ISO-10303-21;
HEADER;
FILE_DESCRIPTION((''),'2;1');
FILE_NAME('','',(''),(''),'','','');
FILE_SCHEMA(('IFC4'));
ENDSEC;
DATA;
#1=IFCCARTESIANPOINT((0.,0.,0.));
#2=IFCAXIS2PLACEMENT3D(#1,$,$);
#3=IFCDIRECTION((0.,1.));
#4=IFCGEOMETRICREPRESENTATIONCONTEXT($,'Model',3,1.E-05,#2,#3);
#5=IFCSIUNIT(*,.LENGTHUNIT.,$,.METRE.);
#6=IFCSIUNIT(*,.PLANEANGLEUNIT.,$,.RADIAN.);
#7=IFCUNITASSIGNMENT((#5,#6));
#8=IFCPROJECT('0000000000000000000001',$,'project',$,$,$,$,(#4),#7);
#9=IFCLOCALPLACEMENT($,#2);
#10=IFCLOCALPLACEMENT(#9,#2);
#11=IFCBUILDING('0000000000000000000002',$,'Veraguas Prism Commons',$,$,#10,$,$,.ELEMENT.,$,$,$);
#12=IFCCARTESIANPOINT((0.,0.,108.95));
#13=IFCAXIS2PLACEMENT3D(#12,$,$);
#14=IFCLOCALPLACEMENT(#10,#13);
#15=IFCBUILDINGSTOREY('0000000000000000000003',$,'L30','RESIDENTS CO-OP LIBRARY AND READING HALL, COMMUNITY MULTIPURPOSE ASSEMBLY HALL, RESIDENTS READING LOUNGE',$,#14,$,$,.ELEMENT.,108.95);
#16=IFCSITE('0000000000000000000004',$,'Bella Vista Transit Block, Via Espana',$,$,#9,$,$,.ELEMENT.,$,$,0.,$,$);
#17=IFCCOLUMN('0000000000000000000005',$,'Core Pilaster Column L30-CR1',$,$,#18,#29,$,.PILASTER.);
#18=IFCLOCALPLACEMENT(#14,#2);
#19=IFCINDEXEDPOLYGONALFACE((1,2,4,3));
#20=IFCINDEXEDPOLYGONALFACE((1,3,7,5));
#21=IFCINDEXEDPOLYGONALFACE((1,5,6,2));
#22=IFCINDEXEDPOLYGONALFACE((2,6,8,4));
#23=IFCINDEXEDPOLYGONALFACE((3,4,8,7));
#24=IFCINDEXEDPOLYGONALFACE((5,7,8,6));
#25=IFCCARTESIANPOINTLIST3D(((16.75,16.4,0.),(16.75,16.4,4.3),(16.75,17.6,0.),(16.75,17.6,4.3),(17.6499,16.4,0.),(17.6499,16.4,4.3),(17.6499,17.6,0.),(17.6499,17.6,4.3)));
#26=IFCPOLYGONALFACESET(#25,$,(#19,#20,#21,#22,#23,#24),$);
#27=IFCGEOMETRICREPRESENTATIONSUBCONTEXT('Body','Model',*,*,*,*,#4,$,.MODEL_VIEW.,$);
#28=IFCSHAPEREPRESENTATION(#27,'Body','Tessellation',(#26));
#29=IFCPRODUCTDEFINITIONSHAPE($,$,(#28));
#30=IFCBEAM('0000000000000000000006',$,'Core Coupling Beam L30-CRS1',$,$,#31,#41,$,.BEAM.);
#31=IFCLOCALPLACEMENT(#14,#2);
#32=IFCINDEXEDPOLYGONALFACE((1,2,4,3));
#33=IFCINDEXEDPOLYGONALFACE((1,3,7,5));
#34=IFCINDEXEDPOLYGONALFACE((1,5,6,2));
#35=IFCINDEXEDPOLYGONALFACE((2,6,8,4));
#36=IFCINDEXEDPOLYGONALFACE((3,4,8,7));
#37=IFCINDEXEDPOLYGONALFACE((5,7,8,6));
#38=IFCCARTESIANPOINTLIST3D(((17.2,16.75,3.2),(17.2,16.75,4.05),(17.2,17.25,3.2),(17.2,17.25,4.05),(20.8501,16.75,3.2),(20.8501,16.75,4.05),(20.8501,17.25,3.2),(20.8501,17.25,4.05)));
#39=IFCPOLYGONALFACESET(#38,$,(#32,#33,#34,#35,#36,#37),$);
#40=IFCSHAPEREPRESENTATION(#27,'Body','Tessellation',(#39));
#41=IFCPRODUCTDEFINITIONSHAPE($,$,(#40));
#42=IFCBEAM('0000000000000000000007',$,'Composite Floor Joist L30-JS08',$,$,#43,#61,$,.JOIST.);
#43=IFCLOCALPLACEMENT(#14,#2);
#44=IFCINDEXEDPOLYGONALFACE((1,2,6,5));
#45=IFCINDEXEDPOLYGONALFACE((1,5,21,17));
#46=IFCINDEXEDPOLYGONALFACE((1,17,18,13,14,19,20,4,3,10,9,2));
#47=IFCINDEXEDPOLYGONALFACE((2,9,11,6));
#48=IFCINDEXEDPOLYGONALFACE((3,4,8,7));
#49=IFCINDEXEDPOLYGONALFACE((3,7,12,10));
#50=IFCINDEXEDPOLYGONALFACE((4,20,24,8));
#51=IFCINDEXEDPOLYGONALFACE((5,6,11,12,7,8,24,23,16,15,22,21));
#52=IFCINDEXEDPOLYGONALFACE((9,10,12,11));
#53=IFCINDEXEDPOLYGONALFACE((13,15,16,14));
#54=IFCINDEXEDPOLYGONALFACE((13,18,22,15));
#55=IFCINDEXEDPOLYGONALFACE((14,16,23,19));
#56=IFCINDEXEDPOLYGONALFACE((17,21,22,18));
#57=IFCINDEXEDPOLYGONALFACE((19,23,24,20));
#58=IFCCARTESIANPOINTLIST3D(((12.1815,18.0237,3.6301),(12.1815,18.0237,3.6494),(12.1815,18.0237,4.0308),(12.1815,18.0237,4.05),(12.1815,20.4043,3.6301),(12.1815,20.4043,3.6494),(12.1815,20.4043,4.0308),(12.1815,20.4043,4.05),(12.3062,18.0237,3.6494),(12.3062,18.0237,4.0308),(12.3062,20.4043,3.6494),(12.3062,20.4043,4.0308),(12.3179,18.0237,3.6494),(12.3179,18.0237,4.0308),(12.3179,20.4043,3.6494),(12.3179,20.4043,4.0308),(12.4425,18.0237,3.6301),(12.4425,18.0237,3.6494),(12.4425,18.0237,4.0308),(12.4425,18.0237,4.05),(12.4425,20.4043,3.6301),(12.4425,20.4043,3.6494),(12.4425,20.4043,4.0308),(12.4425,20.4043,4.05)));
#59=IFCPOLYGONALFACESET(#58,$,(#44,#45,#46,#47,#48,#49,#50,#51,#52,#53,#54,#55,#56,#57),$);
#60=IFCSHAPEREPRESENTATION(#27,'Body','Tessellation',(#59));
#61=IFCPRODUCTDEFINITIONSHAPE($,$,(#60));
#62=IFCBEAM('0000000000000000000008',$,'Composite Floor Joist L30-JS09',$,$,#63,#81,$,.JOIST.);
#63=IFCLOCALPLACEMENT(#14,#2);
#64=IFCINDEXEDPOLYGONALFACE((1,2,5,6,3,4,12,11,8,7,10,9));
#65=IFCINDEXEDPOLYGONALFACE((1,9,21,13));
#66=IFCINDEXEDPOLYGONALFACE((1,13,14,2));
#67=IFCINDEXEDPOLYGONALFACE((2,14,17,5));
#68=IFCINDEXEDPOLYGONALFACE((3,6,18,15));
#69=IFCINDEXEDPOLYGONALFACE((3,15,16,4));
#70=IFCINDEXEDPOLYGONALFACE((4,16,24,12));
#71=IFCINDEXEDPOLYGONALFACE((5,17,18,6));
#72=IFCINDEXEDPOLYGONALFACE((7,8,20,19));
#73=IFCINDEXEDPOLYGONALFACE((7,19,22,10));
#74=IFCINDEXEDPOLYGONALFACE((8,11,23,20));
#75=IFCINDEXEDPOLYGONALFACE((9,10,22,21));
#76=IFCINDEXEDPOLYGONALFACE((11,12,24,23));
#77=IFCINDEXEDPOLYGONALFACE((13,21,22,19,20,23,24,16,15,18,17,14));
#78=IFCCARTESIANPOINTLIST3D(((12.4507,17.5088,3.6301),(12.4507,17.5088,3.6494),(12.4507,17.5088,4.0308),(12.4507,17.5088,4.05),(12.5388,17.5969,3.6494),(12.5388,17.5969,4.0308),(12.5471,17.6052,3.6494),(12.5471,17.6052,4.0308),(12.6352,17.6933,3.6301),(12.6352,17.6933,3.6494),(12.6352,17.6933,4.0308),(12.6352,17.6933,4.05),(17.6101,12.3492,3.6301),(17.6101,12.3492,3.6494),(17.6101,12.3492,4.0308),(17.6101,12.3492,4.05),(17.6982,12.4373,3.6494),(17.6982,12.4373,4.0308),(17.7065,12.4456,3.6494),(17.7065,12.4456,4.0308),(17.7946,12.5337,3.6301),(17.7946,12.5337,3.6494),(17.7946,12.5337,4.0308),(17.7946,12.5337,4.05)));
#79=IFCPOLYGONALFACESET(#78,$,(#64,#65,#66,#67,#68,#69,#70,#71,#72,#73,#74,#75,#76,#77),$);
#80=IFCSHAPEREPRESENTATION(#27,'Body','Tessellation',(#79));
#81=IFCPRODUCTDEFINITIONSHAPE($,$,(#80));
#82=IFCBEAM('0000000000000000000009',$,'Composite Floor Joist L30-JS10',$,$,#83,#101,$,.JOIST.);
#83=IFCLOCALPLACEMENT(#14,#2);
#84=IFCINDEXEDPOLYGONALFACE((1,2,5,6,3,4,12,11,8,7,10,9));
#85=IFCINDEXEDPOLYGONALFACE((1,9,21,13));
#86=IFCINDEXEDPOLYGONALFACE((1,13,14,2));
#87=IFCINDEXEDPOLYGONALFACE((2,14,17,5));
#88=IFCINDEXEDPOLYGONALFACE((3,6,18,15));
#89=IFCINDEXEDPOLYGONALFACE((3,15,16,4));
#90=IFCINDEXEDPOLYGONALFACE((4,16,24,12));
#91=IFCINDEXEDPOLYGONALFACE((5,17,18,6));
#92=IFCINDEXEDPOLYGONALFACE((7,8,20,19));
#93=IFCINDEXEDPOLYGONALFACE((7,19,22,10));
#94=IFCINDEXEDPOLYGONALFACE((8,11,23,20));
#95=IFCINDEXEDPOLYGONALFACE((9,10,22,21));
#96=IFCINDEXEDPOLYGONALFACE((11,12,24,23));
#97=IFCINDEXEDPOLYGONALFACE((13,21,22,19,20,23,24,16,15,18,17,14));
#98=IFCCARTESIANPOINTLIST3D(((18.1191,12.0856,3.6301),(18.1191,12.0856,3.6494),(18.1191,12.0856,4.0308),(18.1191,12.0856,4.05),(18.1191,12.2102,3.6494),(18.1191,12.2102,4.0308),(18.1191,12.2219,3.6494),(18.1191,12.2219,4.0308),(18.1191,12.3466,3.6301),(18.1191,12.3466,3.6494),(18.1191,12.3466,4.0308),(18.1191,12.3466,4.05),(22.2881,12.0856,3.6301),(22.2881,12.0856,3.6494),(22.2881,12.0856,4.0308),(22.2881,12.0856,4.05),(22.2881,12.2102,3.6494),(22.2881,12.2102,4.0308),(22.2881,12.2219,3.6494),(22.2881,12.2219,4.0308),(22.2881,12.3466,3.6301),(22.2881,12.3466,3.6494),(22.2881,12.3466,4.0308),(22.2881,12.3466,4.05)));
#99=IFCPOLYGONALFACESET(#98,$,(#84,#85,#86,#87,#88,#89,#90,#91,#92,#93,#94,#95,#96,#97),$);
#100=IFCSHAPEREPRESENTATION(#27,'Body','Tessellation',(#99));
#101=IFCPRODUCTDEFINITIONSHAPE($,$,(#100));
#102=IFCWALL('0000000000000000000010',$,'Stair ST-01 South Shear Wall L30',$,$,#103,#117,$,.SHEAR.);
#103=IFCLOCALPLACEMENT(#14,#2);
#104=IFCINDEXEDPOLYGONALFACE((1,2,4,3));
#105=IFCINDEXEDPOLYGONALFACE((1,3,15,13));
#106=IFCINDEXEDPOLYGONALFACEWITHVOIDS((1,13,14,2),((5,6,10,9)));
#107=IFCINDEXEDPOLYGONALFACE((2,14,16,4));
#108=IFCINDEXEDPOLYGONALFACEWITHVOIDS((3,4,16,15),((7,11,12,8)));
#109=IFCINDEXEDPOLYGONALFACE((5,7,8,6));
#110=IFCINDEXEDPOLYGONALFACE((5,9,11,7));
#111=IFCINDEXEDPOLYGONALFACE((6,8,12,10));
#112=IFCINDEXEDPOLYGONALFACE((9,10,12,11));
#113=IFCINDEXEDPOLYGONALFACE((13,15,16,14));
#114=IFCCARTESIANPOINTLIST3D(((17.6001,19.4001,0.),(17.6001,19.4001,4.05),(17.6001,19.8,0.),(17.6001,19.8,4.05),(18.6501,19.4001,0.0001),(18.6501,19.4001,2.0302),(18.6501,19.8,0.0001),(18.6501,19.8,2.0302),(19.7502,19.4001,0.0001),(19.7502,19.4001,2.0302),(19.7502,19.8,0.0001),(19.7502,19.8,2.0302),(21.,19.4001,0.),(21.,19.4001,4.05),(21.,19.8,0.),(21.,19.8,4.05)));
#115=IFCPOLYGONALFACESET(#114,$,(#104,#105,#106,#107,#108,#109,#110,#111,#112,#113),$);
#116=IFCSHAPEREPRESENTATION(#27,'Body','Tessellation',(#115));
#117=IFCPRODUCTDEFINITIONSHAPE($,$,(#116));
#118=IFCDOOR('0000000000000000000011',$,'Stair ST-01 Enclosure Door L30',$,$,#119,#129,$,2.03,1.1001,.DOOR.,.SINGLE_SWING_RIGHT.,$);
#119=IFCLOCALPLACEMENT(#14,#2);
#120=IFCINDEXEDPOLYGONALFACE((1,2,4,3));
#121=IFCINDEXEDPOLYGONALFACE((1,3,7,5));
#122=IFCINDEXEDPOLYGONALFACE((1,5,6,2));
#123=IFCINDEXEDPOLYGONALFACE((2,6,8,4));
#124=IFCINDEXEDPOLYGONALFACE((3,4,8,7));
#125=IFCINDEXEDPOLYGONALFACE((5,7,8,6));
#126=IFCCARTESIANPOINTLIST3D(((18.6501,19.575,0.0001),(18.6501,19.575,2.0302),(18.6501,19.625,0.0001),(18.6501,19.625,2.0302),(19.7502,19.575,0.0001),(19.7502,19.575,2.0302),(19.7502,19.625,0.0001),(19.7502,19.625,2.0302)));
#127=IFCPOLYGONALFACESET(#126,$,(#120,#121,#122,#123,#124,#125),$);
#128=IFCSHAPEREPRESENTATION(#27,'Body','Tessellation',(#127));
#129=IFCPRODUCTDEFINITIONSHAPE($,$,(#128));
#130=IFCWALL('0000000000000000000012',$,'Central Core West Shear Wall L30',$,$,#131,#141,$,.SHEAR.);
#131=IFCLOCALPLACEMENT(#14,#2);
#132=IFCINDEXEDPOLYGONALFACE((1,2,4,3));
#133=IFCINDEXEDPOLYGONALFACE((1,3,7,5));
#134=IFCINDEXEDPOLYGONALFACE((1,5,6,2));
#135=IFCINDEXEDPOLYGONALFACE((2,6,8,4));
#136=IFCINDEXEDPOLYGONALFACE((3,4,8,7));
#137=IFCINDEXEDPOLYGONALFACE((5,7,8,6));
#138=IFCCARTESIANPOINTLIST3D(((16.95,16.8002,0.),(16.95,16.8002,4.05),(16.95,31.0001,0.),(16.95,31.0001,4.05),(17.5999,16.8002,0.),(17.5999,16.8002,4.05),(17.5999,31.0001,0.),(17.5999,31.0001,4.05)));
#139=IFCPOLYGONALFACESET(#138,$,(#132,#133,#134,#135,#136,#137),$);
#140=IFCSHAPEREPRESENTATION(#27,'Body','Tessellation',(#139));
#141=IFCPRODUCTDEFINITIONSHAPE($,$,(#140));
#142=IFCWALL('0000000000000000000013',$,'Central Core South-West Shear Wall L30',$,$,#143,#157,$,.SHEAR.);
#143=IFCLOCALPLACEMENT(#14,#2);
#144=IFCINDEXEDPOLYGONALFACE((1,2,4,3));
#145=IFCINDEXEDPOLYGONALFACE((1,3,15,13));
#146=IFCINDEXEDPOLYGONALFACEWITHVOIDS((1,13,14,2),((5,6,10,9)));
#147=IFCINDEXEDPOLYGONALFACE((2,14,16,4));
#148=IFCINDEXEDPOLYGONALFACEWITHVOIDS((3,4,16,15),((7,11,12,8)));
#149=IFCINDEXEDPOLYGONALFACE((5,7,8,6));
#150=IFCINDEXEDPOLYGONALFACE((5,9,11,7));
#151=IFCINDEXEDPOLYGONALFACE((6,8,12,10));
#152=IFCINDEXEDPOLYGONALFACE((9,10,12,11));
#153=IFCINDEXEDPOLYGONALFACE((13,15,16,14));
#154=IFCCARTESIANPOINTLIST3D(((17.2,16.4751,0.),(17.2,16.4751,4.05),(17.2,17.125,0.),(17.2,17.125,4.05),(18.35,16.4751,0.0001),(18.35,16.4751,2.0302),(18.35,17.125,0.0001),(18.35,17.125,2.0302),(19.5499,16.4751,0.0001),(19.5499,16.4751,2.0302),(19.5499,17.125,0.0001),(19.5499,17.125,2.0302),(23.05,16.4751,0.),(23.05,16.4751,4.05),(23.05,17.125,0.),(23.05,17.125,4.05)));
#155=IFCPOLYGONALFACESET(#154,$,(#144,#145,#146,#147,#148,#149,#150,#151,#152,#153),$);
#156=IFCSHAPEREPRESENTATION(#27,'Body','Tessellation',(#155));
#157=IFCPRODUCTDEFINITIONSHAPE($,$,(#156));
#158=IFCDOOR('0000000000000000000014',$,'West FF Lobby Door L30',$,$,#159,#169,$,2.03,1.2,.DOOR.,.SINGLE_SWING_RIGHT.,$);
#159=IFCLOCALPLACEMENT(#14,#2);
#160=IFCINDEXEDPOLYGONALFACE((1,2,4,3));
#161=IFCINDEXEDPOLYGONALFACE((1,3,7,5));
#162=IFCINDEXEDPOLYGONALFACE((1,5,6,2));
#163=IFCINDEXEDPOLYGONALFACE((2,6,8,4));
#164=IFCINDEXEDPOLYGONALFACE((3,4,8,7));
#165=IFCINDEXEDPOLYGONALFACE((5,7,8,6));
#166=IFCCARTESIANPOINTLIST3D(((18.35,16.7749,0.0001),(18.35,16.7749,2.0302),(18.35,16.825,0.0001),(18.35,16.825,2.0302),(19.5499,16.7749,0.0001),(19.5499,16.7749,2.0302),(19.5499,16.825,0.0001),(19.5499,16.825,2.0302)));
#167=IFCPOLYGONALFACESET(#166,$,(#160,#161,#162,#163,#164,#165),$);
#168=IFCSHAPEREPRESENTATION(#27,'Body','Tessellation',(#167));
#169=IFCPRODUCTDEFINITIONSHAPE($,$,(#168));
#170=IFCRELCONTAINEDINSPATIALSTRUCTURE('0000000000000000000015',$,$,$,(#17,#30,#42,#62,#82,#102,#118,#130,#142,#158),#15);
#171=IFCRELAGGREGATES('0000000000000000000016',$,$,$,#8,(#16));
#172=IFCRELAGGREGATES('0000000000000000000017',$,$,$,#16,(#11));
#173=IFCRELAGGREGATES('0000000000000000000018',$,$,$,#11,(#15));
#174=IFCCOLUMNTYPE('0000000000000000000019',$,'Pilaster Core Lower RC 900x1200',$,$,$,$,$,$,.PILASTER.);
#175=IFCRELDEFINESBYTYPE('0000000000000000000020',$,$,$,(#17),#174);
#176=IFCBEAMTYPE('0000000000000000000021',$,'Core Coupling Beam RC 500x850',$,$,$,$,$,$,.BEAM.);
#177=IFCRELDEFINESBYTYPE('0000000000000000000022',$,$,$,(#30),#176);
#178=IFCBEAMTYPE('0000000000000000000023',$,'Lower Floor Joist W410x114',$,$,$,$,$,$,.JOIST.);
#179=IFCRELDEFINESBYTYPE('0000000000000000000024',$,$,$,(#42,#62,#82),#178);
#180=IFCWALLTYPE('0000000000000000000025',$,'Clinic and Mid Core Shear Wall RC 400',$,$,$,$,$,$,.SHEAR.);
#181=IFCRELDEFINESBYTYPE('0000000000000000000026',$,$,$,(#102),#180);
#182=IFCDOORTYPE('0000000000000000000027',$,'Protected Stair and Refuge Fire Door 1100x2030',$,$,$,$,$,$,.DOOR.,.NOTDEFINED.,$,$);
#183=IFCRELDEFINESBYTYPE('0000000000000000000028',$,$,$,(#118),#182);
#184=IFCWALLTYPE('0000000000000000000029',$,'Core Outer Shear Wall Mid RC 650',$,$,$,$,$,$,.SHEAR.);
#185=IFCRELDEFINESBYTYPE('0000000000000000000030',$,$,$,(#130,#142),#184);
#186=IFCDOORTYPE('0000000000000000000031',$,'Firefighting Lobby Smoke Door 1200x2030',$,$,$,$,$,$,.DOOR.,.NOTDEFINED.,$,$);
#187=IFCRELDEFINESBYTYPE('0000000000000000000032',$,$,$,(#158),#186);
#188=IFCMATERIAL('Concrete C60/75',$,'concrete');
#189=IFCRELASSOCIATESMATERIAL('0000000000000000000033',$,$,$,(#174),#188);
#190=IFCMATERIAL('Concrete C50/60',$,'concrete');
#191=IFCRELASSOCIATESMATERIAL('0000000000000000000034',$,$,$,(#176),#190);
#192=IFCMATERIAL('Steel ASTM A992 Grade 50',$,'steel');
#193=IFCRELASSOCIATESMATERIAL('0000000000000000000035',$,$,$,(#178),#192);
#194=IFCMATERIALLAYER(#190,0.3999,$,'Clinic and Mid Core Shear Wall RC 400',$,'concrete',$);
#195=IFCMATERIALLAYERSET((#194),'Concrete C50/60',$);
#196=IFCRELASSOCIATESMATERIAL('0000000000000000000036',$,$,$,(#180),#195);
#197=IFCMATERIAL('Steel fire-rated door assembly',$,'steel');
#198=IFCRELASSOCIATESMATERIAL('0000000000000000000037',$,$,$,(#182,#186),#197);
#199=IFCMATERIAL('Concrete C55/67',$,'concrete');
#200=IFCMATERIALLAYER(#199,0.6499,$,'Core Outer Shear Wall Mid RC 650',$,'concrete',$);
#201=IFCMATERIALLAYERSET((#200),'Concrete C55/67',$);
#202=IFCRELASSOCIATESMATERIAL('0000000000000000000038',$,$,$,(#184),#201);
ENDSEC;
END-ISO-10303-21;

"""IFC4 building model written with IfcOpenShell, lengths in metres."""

from ifc_helpers import new_model, si_unit, direction, frame, frame_2d, origin, origin_2d, place, context, subcontext, project, spatial, rectangle, i_section, extrude, source, transform, mapped, material, layer, layer_set, material_profile, profile_set, type_object, element, fill, save


model = new_model("IFC4")

# Units and contexts
model_context = context("Model", 3, precision=1e-05, world=origin(), true_north=direction((0.0, 1.0)))
body_context = subcontext(model_context, "Body", "Model", "MODEL_VIEW")
ifc_project = project(units=[si_unit("LENGTHUNIT", "METRE"), si_unit("PLANEANGLEUNIT", "RADIAN")], contexts=[model_context])

# Site, building, storey
site_placement = place(None, origin())
site = spatial("IfcSite", under=ifc_project, at=site_placement, Name="Bella Vista Transit Block, Via Espana", CompositionType="ELEMENT", RefElevation=0.0)
building_placement = place(site_placement, origin())
building = spatial("IfcBuilding", under=site, at=building_placement, Name="Veraguas Prism Commons", CompositionType="ELEMENT")
storey_placement = place(building_placement, frame((0.0, 0.0, 108.95)))
storey = spatial("IfcBuildingStorey", under=building, at=storey_placement, Name="L30", Description="RESIDENTS CO-OP LIBRARY AND READING HALL, COMMUNITY MULTIPURPOSE ASSEMBLY HALL, RESIDENTS READING LOUNGE", CompositionType="ELEMENT", Elevation=108.95)

# Column
ifc_material_1 = material(Name="Concrete C60/75", Category="concrete")
ifc_material_profile_1 = material_profile(ifc_material_1, rectangle(XDim=0.8999, YDim=1.2, at=origin_2d()), Name="RC900X1200")
ifc_profile_set_1 = profile_set([ifc_material_profile_1], Name="Concrete C60/75")
column_type = type_object("IfcColumnType", Name="Pilaster Core Lower RC 900x1200", PredefinedType="PILASTER", material=ifc_profile_set_1)
column_placement = place(storey_placement, frame((17.2, 17.0, 0.0), z_axis=(0.0, 0.0, 1.0), x_axis=(1.0, 0.0, 0.0)))
element("IfcColumn", 1, at=column_placement, inside=storey, type_object=column_type, Name="Core Pilaster Column L30-CR1", PredefinedType="PILASTER", context=body_context, shape_type="SweptSolid", body=[
    extrude(rectangle(XDim=0.8999, YDim=1.2, at=origin_2d()), origin(), (0.0, 0.0, 1.0), 4.3),
])

# Beams
ifc_material_2 = material(Name="Concrete C50/60", Category="concrete")
ifc_material_profile_2 = material_profile(ifc_material_2, rectangle(XDim=0.5, YDim=0.8501, at=origin_2d()), Name="RC500X850")
ifc_profile_set_2 = profile_set([ifc_material_profile_2], Name="Concrete C50/60")
beam_type_1 = type_object("IfcBeamType", Name="Core Coupling Beam RC 500x850", PredefinedType="BEAM", material=ifc_profile_set_2)
beam_1_placement = place(storey_placement, frame((17.2, 17.0, 3.625), z_axis=(1.0, 0.0, 0.0), x_axis=(0.0, 1.0, 0.0)))
element("IfcBeam", 2, at=beam_1_placement, inside=storey, type_object=beam_type_1, Name="Core Coupling Beam L30-CRS1", PredefinedType="BEAM", context=body_context, shape_type="SweptSolid", body=[
    extrude(rectangle(XDim=0.5, YDim=0.8501, at=origin_2d()), origin(), (0.0, 0.0, 1.0), 3.6501),
])
ifc_material_3 = material(Name="Steel ASTM A992 Grade 50", Category="steel")
ifc_material_profile_3 = material_profile(ifc_material_3, i_section(OverallWidth=0.261, OverallDepth=0.4199, WebThickness=0.0117, FlangeThickness=0.0193, at=origin_2d()), Name="W410X114")
ifc_profile_set_3 = profile_set([ifc_material_profile_3], Name="Steel ASTM A992 Grade 50")
beam_type_2 = type_object("IfcBeamType", Name="Lower Floor Joist W410x114", PredefinedType="JOIST", material=ifc_profile_set_3)
beam_2_placement = place(storey_placement, frame((12.312, 20.4043, 3.8401), z_axis=(0.0, -1.0, 0.0), x_axis=(1.0, 0.0, 0.0)))
element("IfcBeam", 3, at=beam_2_placement, inside=storey, type_object=beam_type_2, Name="Composite Floor Joist L30-JS08", PredefinedType="JOIST", context=body_context, shape_type="SweptSolid", body=[
    extrude(i_section(OverallWidth=0.261, OverallDepth=0.4199, WebThickness=0.0117, FlangeThickness=0.0193, at=origin_2d()), origin(), (0.0, 0.0, 1.0), 2.3806),
])
beam_3_placement = place(storey_placement, frame((12.543, 17.6011, 3.8401), z_axis=(0.70709, -0.707124, 0.0), x_axis=(0.707124, 0.70709, 0.0)))
element("IfcBeam", 4, at=beam_3_placement, inside=storey, type_object=beam_type_2, Name="Composite Floor Joist L30-JS09", PredefinedType="JOIST", context=body_context, shape_type="SweptSolid", body=[
    extrude(i_section(OverallWidth=0.261, OverallDepth=0.4199, WebThickness=0.0117, FlangeThickness=0.0193, at=origin_2d()), origin(), (0.0, 0.0, 1.0), 7.2966),
])
beam_4_placement = place(storey_placement, frame((18.1191, 12.2161, 3.8401), z_axis=(1.0, 0.0, 0.0), x_axis=(0.0, 1.0, 0.0)))
element("IfcBeam", 5, at=beam_4_placement, inside=storey, type_object=beam_type_2, Name="Composite Floor Joist L30-JS10", PredefinedType="JOIST", context=body_context, shape_type="SweptSolid", body=[
    extrude(i_section(OverallWidth=0.261, OverallDepth=0.4199, WebThickness=0.0117, FlangeThickness=0.0193, at=origin_2d()), origin(), (0.0, 0.0, 1.0), 4.1689),
])

# Wall, opening, door
ifc_layer_1 = layer(ifc_material_2, 0.3999, Name="Clinic and Mid Core Shear Wall RC 400", Category="concrete")
ifc_layer_set_1 = layer_set([ifc_layer_1], Name="Concrete C50/60")
wall_type_1 = type_object("IfcWallType", Name="Clinic and Mid Core Shear Wall RC 400", PredefinedType="SHEAR", material=ifc_layer_set_1)
wall_1_placement = place(storey_placement, frame((17.6001, 19.6001, 0.0), z_axis=(0.0, 0.0, 1.0), x_axis=(1.0, 0.0, 0.0)))
wall_1 = element("IfcWall", 6, at=wall_1_placement, inside=storey, type_object=wall_type_1, Name="Stair ST-01 South Shear Wall L30", PredefinedType="SHEAR", context=body_context, shape_type="SweptSolid", body=[
    extrude(rectangle(XDim=3.3999, YDim=0.3999, at=frame_2d((1.7, 0.0))), origin(), (0.0, 0.0, 1.0), 4.05),
])
opening_1_placement = place(wall_1_placement, frame((1.05, 0.0, 0.0)))
opening_1 = element("IfcOpeningElement", 7, at=opening_1_placement, cuts=wall_1, PredefinedType="OPENING", context=body_context, shape_type="SweptSolid", body=[
    extrude(rectangle(XDim=1.1001, YDim=2.03, at=frame_2d((0.55, 1.0151))), frame((0.0, 0.21, 0.0), z_axis=(0.0, -1.0, 0.0), x_axis=(1.0, 0.0, 0.0)), (0.0, 0.0, 1.0), 0.4199),
])
ifc_material_4 = material(Name="Steel fire-rated door assembly", Category="steel")
door_type_1 = type_object("IfcDoorType", Name="Protected Stair and Refuge Fire Door 1100x2030", OperationType="NOTDEFINED", PredefinedType="DOOR", material=ifc_material_4)
shared_shape_1 = source(origin(), body_context, "Body", "SweptSolid", [
    extrude(rectangle(XDim=1.1001, YDim=2.03, at=frame_2d((0.55, 1.0151))), frame((0.0, 0.0249, 0.0), z_axis=(0.0, -1.0, 0.0), x_axis=(1.0, 0.0, 0.0)), (0.0, 0.0, 1.0), 0.05),
])
door_1_placement = place(opening_1_placement, origin())
door_1 = element("IfcDoor", 8, at=door_1_placement, inside=storey, type_object=door_type_1, Name="Stair ST-01 Enclosure Door L30", OperationType="SINGLE_SWING_RIGHT", OverallHeight=2.03, OverallWidth=1.1001, PredefinedType="DOOR", context=body_context, shape_type="MappedRepresentation", body=[
    mapped(shared_shape_1, transform((0.0, 0.0, 0.0), scale=1.0)),
])
fill(opening_1, door_1)

# Wall
ifc_material_5 = material(Name="Concrete C55/67", Category="concrete")
ifc_layer_2 = layer(ifc_material_5, 0.6499, Name="Core Outer Shear Wall Mid RC 650", Category="concrete")
ifc_layer_set_2 = layer_set([ifc_layer_2], Name="Concrete C55/67")
wall_type_2 = type_object("IfcWallType", Name="Core Outer Shear Wall Mid RC 650", PredefinedType="SHEAR", material=ifc_layer_set_2)
wall_2_placement = place(storey_placement, frame((17.2749, 16.8, 0.0), z_axis=(0.0, 0.0, 1.0), x_axis=(0.0, 1.0, 0.0)))
element("IfcWall", 9, at=wall_2_placement, inside=storey, type_object=wall_type_2, Name="Central Core West Shear Wall L30", PredefinedType="SHEAR", context=body_context, shape_type="SweptSolid", body=[
    extrude(rectangle(XDim=14.2, YDim=0.6499, at=frame_2d((7.1001, 0.0))), origin(), (0.0, 0.0, 1.0), 4.05),
])

# Wall, opening, door
wall_3_placement = place(storey_placement, frame((17.2, 16.8, 0.0), z_axis=(0.0, 0.0, 1.0), x_axis=(1.0, 0.0, 0.0)))
wall_3 = element("IfcWall", 10, at=wall_3_placement, inside=storey, type_object=wall_type_2, Name="Central Core South-West Shear Wall L30", PredefinedType="SHEAR", context=body_context, shape_type="SweptSolid", body=[
    extrude(rectangle(XDim=5.8501, YDim=0.6499, at=frame_2d((2.925, 0.0))), origin(), (0.0, 0.0, 1.0), 4.05),
])
opening_2_placement = place(wall_3_placement, frame((1.1499, 0.0, 0.0)))
opening_2 = element("IfcOpeningElement", 11, at=opening_2_placement, cuts=wall_3, PredefinedType="OPENING", context=body_context, shape_type="SweptSolid", body=[
    extrude(rectangle(XDim=1.2, YDim=2.03, at=frame_2d((0.6001, 1.0151))), frame((0.0, 0.335, 0.0), z_axis=(0.0, -1.0, 0.0), x_axis=(1.0, 0.0, 0.0)), (0.0, 0.0, 1.0), 0.6699),
])
door_type_2 = type_object("IfcDoorType", Name="Firefighting Lobby Smoke Door 1200x2030", OperationType="NOTDEFINED", PredefinedType="DOOR", material=ifc_material_4)
shared_shape_2 = source(origin(), body_context, "Body", "SweptSolid", [
    extrude(rectangle(XDim=1.2, YDim=2.03, at=frame_2d((0.6001, 1.0151))), frame((0.0, 0.0249, 0.0), z_axis=(0.0, -1.0, 0.0), x_axis=(1.0, 0.0, 0.0)), (0.0, 0.0, 1.0), 0.05),
])
door_2_placement = place(opening_2_placement, origin())
door_2 = element("IfcDoor", 12, at=door_2_placement, inside=storey, type_object=door_type_2, Name="West FF Lobby Door L30", OperationType="SINGLE_SWING_RIGHT", OverallHeight=2.03, OverallWidth=1.2, PredefinedType="DOOR", context=body_context, shape_type="MappedRepresentation", body=[
    mapped(shared_shape_2, transform((0.0, 0.0, 0.0), scale=1.0)),
])
fill(opening_2, door_2)

save(model, "model.ifc")
